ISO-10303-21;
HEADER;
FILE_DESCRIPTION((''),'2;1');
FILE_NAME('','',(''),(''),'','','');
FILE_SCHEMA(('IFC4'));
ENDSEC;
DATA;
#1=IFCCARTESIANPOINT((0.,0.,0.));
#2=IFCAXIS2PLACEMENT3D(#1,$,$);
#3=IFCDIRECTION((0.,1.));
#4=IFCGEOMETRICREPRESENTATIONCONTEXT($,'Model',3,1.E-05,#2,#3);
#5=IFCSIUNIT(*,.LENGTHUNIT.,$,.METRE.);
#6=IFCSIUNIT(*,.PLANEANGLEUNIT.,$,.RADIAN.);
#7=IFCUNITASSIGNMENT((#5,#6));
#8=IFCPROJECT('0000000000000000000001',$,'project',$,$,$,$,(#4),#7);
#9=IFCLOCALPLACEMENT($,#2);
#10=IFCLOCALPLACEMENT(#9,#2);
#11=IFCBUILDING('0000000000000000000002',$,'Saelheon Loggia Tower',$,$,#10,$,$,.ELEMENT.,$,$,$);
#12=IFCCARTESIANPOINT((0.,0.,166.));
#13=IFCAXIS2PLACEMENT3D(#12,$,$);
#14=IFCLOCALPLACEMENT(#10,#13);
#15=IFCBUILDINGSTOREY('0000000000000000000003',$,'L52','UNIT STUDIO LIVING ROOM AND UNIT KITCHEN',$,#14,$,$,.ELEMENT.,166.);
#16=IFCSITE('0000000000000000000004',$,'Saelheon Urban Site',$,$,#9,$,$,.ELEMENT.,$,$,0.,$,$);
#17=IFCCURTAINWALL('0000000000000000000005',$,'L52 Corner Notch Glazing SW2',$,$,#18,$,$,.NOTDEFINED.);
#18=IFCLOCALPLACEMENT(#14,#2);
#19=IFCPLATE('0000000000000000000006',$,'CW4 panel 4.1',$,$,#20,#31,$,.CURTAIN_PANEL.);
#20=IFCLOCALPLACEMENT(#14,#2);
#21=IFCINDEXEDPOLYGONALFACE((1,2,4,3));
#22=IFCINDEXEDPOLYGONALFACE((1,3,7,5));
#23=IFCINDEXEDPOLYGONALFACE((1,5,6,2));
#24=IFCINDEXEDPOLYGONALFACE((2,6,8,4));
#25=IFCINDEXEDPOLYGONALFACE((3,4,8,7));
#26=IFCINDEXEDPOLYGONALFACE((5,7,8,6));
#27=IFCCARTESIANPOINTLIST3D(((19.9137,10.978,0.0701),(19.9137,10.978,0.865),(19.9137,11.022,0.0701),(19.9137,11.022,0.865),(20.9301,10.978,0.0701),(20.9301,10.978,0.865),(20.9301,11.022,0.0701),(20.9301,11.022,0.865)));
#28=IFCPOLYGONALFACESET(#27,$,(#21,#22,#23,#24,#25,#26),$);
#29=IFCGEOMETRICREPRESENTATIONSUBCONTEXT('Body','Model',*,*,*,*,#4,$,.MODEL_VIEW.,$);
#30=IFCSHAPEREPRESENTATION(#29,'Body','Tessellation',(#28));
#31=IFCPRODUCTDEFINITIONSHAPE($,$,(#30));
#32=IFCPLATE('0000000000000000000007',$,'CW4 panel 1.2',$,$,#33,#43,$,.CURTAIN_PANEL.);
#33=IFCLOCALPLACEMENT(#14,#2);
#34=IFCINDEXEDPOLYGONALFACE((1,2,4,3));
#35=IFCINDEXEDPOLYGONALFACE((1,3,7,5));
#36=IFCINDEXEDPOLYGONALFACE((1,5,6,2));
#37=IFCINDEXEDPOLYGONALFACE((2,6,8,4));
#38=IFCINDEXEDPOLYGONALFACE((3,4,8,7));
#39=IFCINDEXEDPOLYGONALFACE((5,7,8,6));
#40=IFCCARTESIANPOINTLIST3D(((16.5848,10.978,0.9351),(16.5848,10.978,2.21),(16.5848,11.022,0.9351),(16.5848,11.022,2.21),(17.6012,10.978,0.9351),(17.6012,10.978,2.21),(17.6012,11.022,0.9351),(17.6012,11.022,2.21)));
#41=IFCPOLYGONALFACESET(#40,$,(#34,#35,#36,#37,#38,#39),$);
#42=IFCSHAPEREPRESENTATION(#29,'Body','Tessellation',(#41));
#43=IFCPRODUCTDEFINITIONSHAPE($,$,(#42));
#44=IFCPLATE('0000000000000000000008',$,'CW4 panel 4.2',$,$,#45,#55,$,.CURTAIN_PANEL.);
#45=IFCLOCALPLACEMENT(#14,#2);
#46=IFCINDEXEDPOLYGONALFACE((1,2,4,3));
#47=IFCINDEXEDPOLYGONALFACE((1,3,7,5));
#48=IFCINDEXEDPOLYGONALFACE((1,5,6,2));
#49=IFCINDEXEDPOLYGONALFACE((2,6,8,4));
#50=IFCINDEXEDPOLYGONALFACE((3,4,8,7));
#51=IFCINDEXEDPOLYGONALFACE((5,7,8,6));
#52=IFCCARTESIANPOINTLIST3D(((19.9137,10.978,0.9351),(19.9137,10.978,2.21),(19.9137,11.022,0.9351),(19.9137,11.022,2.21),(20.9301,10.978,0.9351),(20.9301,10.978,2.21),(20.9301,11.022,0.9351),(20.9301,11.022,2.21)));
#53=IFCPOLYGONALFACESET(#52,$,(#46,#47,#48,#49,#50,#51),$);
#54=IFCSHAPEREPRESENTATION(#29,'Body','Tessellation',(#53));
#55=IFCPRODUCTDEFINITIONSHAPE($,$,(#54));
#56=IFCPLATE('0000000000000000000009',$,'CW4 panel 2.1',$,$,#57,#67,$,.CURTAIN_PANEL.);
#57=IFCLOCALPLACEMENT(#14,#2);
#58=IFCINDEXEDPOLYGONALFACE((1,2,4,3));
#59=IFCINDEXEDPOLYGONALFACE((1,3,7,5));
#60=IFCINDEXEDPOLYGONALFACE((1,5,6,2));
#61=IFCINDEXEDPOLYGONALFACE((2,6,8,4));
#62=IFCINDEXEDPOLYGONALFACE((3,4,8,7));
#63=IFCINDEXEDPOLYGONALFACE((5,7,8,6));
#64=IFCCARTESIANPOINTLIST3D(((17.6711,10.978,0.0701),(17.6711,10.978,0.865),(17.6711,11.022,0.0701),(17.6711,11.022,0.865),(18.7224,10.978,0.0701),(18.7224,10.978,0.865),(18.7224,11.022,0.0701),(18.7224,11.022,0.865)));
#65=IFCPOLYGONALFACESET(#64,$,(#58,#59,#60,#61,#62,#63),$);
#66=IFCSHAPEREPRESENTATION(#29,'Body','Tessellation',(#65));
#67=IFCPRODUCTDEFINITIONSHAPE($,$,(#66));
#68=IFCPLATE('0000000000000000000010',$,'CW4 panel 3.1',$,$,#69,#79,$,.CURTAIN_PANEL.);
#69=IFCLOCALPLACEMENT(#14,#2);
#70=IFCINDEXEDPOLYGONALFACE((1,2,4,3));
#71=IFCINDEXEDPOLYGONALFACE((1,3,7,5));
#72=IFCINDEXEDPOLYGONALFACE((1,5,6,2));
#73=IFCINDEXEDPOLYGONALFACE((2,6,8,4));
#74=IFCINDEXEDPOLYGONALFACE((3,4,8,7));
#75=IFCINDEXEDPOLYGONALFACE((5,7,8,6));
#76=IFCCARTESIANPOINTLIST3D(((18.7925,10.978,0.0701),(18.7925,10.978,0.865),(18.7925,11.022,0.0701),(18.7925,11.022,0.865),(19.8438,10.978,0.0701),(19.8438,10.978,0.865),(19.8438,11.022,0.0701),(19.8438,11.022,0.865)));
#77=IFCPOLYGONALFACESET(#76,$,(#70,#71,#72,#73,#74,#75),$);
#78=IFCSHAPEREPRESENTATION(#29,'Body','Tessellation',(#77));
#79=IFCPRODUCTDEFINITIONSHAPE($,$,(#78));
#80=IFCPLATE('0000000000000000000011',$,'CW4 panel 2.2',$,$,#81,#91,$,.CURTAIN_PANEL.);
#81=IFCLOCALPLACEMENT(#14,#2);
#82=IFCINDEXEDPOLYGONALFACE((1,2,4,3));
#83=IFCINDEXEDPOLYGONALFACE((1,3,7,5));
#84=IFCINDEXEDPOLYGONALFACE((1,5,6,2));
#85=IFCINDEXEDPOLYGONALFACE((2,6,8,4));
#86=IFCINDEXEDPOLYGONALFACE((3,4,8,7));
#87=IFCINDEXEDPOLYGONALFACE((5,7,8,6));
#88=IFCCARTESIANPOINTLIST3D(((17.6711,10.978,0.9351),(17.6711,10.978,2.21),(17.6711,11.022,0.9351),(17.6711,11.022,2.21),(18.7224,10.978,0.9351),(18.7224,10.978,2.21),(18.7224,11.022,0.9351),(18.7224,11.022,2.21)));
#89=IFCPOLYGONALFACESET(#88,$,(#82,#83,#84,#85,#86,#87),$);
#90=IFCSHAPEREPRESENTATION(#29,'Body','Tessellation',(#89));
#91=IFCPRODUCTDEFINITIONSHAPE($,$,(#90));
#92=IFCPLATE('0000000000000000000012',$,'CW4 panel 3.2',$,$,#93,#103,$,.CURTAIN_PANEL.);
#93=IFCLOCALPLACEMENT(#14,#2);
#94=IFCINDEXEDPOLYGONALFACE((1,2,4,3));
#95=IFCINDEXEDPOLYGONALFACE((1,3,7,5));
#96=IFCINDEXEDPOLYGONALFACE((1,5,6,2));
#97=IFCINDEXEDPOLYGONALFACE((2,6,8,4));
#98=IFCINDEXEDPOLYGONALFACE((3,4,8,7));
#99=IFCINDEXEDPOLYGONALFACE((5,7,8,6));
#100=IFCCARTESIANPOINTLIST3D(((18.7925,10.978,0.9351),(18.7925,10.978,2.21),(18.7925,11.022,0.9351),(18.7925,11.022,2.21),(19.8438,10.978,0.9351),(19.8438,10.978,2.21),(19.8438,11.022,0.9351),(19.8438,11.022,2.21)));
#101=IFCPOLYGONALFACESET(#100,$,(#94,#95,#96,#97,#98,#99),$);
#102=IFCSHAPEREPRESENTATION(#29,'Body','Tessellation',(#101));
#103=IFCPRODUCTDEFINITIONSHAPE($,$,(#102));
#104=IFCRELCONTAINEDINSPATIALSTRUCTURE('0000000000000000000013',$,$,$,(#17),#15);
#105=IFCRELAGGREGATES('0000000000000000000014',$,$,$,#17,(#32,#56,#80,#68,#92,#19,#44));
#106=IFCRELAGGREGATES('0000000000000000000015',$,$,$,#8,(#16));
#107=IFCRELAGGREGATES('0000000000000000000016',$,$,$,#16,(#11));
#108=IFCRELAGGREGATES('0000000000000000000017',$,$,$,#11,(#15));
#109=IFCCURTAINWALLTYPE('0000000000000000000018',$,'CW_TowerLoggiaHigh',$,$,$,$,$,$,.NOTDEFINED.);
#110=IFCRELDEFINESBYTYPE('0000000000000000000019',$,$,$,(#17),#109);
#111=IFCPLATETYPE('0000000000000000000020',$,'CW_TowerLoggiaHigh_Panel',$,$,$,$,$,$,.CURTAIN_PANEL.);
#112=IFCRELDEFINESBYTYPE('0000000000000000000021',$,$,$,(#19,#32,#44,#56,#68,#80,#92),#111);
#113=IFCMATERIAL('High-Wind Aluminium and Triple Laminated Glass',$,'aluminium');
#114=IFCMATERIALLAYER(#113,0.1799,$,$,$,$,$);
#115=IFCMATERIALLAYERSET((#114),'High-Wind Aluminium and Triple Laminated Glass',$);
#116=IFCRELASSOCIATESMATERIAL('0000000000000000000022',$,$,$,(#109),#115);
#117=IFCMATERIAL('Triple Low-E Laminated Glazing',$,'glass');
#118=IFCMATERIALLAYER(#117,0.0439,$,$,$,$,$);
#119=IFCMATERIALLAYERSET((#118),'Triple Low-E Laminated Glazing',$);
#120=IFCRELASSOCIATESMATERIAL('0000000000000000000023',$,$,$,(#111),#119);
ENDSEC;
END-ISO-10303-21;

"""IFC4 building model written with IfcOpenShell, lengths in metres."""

from ifc_helpers import new_model, si_unit, direction, frame, origin, origin_2d, place, context, subcontext, project, spatial, rectangle, extrude, source, transform, mapped, material, layer, layer_set, type_object, element, aggregate, save


model = new_model("IFC4")

# Units and contexts
model_context = context("Model", 3, precision=1e-05, world=origin(), true_north=direction((0.0, 1.0)))
body_context = subcontext(model_context, "Body", "Model", "MODEL_VIEW")
ifc_project = project(units=[si_unit("LENGTHUNIT", "METRE"), si_unit("PLANEANGLEUNIT", "RADIAN")], contexts=[model_context])

# Site, building, storey
site_placement = place(None, origin())
site = spatial("IfcSite", under=ifc_project, at=site_placement, Name="Saelheon Urban Site", CompositionType="ELEMENT", RefElevation=0.0)
building_placement = place(site_placement, origin())
building = spatial("IfcBuilding", under=site, at=building_placement, Name="Saelheon Loggia Tower", CompositionType="ELEMENT")
storey_placement = place(building_placement, frame((0.0, 0.0, 166.0)))
storey = spatial("IfcBuildingStorey", under=building, at=storey_placement, Name="L52", Description="UNIT STUDIO LIVING ROOM AND UNIT KITCHEN", CompositionType="ELEMENT", Elevation=166.0)

# Curtain wall, plates
ifc_material_1 = material(Name="High-Wind Aluminium and Triple Laminated Glass", Category="aluminium")
ifc_layer_1 = layer(ifc_material_1, 0.1799)
ifc_layer_set_1 = layer_set([ifc_layer_1], Name="High-Wind Aluminium and Triple Laminated Glass")
curtain_wall_type = type_object("IfcCurtainWallType", Name="CW_TowerLoggiaHigh", PredefinedType="NOTDEFINED", material=ifc_layer_set_1)
curtain_wall_placement = place(storey_placement, origin())
curtain_wall = element("IfcCurtainWall", 1, at=curtain_wall_placement, inside=storey, type_object=curtain_wall_type, Name="L52 Corner Notch Glazing SW2", PredefinedType="NOTDEFINED")
ifc_material_2 = material(Name="Triple Low-E Laminated Glazing", Category="glass")
ifc_layer_2 = layer(ifc_material_2, 0.0439)
ifc_layer_set_2 = layer_set([ifc_layer_2], Name="Triple Low-E Laminated Glazing")
plate_type = type_object("IfcPlateType", Name="CW_TowerLoggiaHigh_Panel", PredefinedType="CURTAIN_PANEL", material=ifc_layer_set_2)
shared_shape_1 = source(origin(), body_context, "Body", "SweptSolid", [
    extrude(rectangle(XDim=1.0164, YDim=0.0439, at=origin_2d()), origin(), (0.0, 0.0, 1.0), 0.7949),
])
plate_1_placement = place(storey_placement, frame((20.4219, 11.0, 0.0701), z_axis=(0.0, 0.0, 1.0), x_axis=(1.0, 0.0, 0.0)))
plate_1 = element("IfcPlate", 2, at=plate_1_placement, type_object=plate_type, Name="CW4 panel 4.1", PredefinedType="CURTAIN_PANEL", context=body_context, shape_type="MappedRepresentation", body=[
    mapped(shared_shape_1, transform((0.0, 0.0, 0.0), scale=1.0)),
])
shared_shape_2 = source(origin(), body_context, "Body", "SweptSolid", [
    extrude(rectangle(XDim=1.0164, YDim=0.0439, at=origin_2d()), origin(), (0.0, 0.0, 1.0), 1.2749),
])
plate_2_placement = place(storey_placement, frame((17.093, 11.0, 0.9351), z_axis=(0.0, 0.0, 1.0), x_axis=(1.0, 0.0, 0.0)))
plate_2 = element("IfcPlate", 3, at=plate_2_placement, type_object=plate_type, Name="CW4 panel 1.2", PredefinedType="CURTAIN_PANEL", context=body_context, shape_type="MappedRepresentation", body=[
    mapped(shared_shape_2, transform((0.0, 0.0, 0.0), scale=1.0)),
])
plate_3_placement = place(storey_placement, frame((20.4219, 11.0, 0.9351), z_axis=(0.0, 0.0, 1.0), x_axis=(1.0, 0.0, 0.0)))
plate_3 = element("IfcPlate", 4, at=plate_3_placement, type_object=plate_type, Name="CW4 panel 4.2", PredefinedType="CURTAIN_PANEL", context=body_context, shape_type="MappedRepresentation", body=[
    mapped(shared_shape_2, transform((0.0, 0.0, 0.0), scale=1.0)),
])
shared_shape_3 = source(origin(), body_context, "Body", "SweptSolid", [
    extrude(rectangle(XDim=1.0513, YDim=0.0439, at=origin_2d()), origin(), (0.0, 0.0, 1.0), 0.7949),
])
plate_4_placement = place(storey_placement, frame((18.1968, 11.0, 0.0701), z_axis=(0.0, 0.0, 1.0), x_axis=(1.0, 0.0, 0.0)))
plate_4 = element("IfcPlate", 5, at=plate_4_placement, type_object=plate_type, Name="CW4 panel 2.1", PredefinedType="CURTAIN_PANEL", context=body_context, shape_type="MappedRepresentation", body=[
    mapped(shared_shape_3, transform((0.0, 0.0, 0.0), scale=1.0)),
])
plate_5_placement = place(storey_placement, frame((19.3181, 11.0, 0.0701), z_axis=(0.0, 0.0, 1.0), x_axis=(1.0, 0.0, 0.0)))
plate_5 = element("IfcPlate", 6, at=plate_5_placement, type_object=plate_type, Name="CW4 panel 3.1", PredefinedType="CURTAIN_PANEL", context=body_context, shape_type="MappedRepresentation", body=[
    mapped(shared_shape_3, transform((0.0, 0.0, 0.0), scale=1.0)),
])
shared_shape_4 = source(origin(), body_context, "Body", "SweptSolid", [
    extrude(rectangle(XDim=1.0513, YDim=0.0439, at=origin_2d()), origin(), (0.0, 0.0, 1.0), 1.2749),
])
plate_6_placement = place(storey_placement, frame((18.1968, 11.0, 0.9351), z_axis=(0.0, 0.0, 1.0), x_axis=(1.0, 0.0, 0.0)))
plate_6 = element("IfcPlate", 7, at=plate_6_placement, type_object=plate_type, Name="CW4 panel 2.2", PredefinedType="CURTAIN_PANEL", context=body_context, shape_type="MappedRepresentation", body=[
    mapped(shared_shape_4, transform((0.0, 0.0, 0.0), scale=1.0)),
])
plate_7_placement = place(storey_placement, frame((19.3181, 11.0, 0.9351), z_axis=(0.0, 0.0, 1.0), x_axis=(1.0, 0.0, 0.0)))
plate_7 = element("IfcPlate", 8, at=plate_7_placement, type_object=plate_type, Name="CW4 panel 3.2", PredefinedType="CURTAIN_PANEL", context=body_context, shape_type="MappedRepresentation", body=[
    mapped(shared_shape_4, transform((0.0, 0.0, 0.0), scale=1.0)),
])
aggregate(curtain_wall, [plate_2, plate_4, plate_6, plate_5, plate_7, plate_1, plate_3])

save(model, "model.ifc")
